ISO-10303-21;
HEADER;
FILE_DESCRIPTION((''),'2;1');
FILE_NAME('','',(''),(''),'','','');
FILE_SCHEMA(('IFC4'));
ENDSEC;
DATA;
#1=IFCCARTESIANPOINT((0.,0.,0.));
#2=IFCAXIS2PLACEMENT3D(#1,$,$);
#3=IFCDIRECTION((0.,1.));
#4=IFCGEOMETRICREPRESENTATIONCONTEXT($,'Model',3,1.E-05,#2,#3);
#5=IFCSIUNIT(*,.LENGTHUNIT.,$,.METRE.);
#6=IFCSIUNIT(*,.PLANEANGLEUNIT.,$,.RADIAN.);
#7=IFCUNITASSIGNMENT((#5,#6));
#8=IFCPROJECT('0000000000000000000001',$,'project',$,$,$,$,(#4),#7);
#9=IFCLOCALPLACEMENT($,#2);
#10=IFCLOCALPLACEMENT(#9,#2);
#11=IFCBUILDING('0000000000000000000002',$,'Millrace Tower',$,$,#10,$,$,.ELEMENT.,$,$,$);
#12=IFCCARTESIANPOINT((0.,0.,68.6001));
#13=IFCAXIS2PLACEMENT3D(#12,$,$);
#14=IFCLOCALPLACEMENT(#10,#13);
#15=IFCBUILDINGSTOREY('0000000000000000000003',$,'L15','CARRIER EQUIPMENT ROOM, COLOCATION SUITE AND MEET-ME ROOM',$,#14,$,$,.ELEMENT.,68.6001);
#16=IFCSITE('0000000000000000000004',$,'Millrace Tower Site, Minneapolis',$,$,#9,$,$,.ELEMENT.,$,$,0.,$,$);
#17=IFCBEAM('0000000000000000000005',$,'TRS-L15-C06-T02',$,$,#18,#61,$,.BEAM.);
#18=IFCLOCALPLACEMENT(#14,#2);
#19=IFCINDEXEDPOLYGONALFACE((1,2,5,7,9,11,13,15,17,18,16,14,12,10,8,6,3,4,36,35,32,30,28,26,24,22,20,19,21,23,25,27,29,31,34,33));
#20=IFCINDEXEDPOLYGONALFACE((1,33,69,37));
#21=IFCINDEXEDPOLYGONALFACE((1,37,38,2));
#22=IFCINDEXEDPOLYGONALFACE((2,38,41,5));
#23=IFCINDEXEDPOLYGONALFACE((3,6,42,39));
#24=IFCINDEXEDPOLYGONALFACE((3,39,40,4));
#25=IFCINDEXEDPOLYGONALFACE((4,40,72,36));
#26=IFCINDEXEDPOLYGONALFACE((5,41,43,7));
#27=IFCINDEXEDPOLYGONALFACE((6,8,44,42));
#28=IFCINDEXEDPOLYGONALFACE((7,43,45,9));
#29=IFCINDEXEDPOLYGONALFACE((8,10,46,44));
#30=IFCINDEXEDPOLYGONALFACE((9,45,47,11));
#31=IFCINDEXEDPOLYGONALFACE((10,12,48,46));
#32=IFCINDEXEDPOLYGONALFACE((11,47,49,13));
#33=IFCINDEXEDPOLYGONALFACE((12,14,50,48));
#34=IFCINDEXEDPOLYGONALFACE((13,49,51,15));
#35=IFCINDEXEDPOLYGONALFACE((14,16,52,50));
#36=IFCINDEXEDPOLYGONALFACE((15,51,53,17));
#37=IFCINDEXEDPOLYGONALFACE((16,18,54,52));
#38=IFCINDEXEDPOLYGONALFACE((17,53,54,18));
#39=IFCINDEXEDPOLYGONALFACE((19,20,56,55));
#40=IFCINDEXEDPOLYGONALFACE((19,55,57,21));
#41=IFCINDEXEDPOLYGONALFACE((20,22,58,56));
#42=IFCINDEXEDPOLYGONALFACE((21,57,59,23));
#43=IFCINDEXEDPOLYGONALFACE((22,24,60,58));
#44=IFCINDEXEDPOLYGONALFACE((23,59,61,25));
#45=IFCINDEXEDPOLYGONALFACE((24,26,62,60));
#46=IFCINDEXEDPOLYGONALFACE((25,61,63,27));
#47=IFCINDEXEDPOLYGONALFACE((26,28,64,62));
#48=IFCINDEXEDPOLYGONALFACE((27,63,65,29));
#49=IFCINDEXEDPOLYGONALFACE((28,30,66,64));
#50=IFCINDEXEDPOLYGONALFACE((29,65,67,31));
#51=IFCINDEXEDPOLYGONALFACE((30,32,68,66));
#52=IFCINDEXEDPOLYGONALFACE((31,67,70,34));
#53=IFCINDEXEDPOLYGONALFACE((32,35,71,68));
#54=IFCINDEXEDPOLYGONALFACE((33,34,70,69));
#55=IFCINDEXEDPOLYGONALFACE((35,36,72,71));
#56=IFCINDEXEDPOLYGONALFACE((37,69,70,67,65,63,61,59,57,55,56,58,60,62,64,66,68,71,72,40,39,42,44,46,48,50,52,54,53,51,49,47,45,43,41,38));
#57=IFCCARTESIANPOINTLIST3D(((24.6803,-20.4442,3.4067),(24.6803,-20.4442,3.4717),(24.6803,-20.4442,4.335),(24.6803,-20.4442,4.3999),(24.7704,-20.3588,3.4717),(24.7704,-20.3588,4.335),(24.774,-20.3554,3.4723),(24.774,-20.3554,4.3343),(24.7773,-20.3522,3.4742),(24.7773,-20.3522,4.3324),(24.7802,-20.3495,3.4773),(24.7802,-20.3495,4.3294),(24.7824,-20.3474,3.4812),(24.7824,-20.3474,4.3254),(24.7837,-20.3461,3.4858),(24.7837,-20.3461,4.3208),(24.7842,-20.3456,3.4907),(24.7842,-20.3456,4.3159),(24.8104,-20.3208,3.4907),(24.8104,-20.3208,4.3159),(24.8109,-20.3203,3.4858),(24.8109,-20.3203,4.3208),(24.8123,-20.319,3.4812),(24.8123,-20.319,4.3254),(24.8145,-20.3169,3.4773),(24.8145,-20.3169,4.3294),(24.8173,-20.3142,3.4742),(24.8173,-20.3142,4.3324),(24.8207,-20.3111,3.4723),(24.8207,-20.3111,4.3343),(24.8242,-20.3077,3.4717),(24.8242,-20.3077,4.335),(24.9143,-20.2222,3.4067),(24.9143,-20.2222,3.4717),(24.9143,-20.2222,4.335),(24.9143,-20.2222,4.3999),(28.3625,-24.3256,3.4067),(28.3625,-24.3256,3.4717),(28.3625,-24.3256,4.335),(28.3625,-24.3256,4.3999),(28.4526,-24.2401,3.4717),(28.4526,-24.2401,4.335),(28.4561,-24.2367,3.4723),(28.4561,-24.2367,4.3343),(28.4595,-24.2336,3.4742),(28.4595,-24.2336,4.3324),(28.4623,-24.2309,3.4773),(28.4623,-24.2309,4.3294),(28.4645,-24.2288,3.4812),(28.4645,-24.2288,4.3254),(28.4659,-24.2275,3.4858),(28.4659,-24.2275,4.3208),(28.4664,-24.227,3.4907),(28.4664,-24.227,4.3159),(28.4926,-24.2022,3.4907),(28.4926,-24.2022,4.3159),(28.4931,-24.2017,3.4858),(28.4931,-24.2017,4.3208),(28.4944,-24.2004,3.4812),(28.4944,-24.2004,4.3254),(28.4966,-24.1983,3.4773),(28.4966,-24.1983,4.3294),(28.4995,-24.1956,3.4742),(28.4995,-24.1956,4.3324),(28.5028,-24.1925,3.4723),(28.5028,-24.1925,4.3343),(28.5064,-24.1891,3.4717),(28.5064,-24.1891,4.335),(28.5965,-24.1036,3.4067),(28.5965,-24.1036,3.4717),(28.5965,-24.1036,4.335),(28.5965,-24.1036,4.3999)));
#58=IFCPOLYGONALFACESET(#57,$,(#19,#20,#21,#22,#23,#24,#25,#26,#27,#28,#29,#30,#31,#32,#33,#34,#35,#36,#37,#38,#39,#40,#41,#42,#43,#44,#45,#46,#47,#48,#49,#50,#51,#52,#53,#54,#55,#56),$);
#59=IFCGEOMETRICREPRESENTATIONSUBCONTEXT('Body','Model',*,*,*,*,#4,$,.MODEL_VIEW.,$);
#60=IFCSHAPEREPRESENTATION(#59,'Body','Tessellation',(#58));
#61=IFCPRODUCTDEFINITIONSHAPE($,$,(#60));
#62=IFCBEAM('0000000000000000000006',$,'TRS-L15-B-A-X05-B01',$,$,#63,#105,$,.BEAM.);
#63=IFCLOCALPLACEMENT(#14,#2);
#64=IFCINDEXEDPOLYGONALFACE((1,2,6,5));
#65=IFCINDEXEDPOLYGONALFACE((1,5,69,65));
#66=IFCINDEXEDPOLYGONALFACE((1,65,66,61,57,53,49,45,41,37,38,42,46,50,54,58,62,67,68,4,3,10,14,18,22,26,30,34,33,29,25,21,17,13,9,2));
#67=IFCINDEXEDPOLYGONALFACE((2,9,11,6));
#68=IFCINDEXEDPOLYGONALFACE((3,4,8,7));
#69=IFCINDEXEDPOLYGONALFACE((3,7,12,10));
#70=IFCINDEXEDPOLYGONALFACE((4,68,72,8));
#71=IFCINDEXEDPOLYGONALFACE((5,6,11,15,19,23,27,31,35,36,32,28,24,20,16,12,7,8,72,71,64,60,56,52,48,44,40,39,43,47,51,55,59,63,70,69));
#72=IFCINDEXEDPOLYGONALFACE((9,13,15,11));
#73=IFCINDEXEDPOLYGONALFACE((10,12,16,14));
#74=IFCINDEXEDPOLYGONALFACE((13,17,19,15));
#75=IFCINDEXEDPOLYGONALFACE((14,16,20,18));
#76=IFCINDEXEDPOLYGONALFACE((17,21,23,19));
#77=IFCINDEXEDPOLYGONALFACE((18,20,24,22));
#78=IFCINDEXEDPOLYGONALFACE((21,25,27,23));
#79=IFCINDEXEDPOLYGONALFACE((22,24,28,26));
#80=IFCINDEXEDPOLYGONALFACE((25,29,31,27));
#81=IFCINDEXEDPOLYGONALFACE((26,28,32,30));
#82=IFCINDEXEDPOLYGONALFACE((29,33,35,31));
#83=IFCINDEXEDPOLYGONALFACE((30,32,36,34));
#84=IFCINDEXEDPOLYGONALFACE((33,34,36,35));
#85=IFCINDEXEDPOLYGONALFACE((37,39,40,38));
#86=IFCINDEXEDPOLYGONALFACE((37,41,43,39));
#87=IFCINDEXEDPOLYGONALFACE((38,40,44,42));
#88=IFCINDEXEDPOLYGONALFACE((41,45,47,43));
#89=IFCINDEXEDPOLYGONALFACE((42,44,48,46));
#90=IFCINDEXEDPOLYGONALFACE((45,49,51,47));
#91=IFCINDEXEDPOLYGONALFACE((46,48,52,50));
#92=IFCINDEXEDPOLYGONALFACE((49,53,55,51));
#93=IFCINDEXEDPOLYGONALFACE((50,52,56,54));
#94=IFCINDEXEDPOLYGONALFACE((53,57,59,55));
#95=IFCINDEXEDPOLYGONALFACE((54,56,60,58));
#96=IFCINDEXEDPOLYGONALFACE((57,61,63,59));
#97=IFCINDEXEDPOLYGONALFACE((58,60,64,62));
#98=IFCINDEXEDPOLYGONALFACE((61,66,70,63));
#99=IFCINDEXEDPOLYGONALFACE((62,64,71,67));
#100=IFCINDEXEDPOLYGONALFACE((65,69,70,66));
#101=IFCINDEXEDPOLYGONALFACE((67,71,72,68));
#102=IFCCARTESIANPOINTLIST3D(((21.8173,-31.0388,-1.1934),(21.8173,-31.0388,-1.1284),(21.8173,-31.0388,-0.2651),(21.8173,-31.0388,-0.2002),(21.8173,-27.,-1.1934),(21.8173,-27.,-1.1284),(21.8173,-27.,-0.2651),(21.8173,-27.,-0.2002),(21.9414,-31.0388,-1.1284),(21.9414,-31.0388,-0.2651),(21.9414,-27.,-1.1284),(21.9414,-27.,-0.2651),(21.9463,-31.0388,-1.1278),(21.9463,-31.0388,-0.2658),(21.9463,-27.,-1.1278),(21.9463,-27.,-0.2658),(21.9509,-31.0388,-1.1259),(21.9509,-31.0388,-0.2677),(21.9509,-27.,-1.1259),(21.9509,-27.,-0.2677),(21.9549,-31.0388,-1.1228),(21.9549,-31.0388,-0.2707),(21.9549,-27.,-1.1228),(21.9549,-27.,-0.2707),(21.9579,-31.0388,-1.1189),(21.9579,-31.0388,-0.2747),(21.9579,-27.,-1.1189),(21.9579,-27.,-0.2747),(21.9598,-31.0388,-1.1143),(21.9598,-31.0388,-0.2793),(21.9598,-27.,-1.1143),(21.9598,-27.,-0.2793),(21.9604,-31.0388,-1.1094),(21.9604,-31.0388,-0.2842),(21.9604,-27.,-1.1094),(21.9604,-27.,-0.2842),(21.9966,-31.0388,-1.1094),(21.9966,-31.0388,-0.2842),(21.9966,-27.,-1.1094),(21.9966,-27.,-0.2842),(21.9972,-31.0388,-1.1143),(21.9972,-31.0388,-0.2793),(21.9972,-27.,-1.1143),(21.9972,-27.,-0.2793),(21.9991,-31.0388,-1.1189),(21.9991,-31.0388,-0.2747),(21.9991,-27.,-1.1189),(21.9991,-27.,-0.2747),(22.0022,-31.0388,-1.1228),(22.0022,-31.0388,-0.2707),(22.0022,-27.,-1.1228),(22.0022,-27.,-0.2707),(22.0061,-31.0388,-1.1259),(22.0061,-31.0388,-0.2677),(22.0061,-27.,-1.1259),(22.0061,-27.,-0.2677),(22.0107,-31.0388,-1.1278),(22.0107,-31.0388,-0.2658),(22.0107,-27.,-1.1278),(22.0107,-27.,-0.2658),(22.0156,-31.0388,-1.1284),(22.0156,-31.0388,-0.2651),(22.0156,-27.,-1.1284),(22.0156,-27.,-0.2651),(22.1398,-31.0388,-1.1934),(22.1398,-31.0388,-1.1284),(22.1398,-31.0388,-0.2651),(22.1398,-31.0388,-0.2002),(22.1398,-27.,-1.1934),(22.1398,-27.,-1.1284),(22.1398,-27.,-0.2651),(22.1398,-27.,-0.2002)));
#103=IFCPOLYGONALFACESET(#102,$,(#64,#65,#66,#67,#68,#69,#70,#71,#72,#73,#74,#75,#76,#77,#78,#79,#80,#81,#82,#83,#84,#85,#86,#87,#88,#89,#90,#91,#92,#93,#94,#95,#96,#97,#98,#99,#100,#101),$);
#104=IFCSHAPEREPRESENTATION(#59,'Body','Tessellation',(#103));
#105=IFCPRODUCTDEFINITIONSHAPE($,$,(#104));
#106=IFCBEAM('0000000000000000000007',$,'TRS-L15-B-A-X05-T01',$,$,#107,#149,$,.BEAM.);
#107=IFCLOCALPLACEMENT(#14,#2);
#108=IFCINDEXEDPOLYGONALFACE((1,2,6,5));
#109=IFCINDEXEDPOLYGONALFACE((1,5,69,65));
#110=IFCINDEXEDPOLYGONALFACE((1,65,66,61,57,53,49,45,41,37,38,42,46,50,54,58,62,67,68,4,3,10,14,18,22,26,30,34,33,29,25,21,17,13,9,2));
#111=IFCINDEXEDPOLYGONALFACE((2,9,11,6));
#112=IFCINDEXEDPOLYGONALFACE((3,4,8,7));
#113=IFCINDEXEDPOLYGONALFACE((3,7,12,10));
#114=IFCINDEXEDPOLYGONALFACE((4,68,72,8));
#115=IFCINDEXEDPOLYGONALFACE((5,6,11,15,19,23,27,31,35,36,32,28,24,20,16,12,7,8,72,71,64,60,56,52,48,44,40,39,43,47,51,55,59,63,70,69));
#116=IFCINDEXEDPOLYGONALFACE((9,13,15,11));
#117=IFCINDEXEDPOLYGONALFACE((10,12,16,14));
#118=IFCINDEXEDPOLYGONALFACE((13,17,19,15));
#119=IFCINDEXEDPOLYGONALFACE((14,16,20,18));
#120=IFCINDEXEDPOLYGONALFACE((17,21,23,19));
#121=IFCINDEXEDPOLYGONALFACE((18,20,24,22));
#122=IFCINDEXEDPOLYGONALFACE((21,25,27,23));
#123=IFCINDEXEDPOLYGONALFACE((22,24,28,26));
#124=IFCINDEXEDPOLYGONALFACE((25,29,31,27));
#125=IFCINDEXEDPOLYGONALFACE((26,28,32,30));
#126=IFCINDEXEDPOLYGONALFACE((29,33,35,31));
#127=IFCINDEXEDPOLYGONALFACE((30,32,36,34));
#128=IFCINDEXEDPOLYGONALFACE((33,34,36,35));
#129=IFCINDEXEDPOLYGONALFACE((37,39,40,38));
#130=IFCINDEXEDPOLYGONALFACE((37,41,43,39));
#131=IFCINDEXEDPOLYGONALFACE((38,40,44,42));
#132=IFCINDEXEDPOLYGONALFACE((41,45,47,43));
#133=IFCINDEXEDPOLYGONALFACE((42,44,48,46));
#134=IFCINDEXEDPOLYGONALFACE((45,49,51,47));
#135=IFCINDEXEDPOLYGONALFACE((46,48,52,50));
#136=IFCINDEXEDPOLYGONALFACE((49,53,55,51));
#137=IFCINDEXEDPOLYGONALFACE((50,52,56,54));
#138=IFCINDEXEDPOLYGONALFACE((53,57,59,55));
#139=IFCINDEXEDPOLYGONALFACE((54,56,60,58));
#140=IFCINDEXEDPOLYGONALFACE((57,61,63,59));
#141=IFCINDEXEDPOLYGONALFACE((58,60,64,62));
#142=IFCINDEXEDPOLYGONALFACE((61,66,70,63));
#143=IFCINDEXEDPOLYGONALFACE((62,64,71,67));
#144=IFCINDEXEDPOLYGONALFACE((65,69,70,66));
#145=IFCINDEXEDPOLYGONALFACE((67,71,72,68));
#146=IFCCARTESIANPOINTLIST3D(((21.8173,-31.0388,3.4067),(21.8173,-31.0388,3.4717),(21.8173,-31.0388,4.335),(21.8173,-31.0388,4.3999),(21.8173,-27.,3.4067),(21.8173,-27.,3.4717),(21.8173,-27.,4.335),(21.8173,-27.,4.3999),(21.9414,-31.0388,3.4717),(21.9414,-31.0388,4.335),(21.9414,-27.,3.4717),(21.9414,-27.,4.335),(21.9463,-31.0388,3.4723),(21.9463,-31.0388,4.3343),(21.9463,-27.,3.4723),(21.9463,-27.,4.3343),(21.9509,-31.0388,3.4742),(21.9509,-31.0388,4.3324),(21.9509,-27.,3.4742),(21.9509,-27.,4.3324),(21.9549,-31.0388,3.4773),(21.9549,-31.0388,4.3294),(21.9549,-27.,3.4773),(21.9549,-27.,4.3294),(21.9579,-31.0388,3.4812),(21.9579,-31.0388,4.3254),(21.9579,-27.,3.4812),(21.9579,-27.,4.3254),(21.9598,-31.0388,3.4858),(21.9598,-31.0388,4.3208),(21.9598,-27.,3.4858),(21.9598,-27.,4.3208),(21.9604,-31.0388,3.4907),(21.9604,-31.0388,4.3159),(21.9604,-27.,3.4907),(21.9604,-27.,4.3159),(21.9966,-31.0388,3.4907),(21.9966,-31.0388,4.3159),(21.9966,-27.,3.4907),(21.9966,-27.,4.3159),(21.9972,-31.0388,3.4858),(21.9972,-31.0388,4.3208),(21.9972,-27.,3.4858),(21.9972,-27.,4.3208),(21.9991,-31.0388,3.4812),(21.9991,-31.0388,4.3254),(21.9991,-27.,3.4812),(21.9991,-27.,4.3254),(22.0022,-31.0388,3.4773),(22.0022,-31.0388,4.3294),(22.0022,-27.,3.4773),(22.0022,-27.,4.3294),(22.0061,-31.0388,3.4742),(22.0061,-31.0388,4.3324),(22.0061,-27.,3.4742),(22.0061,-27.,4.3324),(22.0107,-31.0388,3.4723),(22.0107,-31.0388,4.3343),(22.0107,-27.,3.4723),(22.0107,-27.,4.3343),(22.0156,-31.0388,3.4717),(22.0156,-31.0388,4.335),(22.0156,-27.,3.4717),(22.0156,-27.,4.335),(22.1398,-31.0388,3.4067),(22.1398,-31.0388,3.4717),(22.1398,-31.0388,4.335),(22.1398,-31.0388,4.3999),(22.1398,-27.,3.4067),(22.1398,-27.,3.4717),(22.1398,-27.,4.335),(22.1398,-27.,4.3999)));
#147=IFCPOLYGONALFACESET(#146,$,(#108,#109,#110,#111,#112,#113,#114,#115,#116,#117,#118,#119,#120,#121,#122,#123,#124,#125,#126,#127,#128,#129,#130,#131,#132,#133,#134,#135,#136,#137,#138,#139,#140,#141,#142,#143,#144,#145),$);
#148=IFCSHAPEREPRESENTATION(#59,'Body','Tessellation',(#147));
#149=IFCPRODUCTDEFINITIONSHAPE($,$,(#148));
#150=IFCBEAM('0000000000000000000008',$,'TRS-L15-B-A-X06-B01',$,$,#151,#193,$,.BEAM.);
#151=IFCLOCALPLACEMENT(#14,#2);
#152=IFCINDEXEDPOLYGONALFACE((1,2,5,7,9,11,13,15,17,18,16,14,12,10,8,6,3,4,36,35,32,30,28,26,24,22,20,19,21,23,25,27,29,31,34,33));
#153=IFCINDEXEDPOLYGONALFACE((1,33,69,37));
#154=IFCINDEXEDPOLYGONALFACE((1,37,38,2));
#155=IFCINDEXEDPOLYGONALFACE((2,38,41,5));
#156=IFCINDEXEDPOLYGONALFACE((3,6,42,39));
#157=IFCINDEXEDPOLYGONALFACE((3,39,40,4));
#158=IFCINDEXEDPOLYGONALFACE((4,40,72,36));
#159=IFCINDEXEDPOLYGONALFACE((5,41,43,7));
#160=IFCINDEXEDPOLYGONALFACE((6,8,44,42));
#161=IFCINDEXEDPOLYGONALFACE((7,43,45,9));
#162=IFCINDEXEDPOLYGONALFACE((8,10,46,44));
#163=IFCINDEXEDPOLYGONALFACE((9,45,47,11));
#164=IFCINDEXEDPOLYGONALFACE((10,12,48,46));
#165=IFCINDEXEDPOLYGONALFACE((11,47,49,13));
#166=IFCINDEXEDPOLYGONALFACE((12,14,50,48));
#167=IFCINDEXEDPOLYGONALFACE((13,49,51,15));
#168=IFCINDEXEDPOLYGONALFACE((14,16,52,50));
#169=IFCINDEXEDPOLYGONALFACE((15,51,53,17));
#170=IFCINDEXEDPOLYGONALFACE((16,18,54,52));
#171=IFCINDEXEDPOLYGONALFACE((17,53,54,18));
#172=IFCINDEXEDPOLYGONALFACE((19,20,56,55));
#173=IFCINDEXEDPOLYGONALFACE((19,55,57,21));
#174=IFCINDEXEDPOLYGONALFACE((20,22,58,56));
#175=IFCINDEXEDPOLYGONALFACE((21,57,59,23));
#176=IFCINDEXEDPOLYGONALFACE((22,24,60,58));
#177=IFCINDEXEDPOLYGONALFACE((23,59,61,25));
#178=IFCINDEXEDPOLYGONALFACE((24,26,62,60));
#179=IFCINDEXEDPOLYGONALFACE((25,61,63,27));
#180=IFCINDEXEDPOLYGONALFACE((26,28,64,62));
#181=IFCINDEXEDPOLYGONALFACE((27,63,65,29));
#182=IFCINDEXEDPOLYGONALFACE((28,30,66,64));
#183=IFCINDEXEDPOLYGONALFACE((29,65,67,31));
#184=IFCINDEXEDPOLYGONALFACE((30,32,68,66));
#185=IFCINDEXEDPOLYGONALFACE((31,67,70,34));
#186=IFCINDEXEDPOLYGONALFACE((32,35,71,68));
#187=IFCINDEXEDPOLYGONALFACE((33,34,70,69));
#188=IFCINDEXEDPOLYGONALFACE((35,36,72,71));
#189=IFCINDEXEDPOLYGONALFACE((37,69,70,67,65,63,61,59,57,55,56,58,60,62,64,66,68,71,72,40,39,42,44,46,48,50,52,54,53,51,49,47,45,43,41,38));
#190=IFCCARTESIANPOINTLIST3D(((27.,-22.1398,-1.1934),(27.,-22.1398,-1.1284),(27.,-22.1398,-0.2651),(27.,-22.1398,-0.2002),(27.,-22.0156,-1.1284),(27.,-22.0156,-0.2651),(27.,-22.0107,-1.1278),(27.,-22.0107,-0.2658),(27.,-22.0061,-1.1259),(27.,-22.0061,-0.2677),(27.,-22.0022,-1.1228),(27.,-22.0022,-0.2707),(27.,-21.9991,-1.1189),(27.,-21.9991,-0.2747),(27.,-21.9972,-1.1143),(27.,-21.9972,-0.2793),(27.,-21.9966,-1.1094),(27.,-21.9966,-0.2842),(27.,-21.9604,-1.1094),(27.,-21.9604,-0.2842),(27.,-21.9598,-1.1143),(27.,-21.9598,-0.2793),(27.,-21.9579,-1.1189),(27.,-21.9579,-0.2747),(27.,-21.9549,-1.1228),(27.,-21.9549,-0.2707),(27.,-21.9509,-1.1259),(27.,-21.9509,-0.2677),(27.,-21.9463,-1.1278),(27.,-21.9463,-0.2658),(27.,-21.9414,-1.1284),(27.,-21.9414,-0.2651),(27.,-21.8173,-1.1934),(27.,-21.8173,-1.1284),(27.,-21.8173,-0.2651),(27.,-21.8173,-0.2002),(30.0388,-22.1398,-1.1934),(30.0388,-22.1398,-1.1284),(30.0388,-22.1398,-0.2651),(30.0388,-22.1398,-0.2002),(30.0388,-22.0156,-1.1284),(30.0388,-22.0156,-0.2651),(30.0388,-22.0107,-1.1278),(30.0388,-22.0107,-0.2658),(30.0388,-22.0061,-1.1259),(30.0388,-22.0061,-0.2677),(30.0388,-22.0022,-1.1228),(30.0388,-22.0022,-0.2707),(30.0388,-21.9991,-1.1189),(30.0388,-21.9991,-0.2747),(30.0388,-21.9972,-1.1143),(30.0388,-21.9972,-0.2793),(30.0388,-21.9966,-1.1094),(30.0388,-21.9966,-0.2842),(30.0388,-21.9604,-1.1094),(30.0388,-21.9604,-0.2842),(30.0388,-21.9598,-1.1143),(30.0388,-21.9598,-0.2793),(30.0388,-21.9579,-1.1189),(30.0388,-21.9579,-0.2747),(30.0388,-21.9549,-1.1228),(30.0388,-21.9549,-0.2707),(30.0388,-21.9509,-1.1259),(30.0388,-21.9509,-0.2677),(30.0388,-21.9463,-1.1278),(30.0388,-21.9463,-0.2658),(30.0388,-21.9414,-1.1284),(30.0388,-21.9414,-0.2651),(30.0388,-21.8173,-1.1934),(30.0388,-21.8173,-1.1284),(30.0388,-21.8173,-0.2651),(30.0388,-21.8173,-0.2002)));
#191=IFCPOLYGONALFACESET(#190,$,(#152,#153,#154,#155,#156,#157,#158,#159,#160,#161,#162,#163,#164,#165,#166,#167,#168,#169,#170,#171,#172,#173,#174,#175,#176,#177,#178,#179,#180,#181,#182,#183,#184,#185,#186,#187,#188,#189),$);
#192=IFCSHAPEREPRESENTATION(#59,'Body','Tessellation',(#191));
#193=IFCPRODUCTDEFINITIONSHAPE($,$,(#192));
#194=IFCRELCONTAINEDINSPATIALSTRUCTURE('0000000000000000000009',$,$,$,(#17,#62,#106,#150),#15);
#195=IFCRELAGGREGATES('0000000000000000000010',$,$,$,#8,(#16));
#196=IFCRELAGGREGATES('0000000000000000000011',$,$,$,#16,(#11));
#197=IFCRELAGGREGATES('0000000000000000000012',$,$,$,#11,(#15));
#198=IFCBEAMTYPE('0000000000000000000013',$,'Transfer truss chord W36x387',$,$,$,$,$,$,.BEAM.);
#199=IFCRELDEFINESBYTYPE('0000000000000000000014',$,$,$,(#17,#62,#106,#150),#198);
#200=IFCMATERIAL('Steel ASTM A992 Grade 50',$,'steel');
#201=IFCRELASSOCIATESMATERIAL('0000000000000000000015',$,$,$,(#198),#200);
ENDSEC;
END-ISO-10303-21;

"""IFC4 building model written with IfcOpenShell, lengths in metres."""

from ifc_helpers import new_model, si_unit, direction, frame, origin, origin_2d, place, context, subcontext, project, spatial, i_section, extrude, material, material_profile, profile_set, type_object, element, save


model = new_model("IFC4")

# Units and contexts
model_context = context("Model", 3, precision=1e-05, world=origin(), true_north=direction((0.0, 1.0)))
body_context = subcontext(model_context, "Body", "Model", "MODEL_VIEW")
ifc_project = project(units=[si_unit("LENGTHUNIT", "METRE"), si_unit("PLANEANGLEUNIT", "RADIAN")], contexts=[model_context])

# Site, building, storey
site_placement = place(None, origin())
site = spatial("IfcSite", under=ifc_project, at=site_placement, Name="Millrace Tower Site, Minneapolis", CompositionType="ELEMENT", RefElevation=0.0)
building_placement = place(site_placement, origin())
building = spatial("IfcBuilding", under=site, at=building_placement, Name="Millrace Tower", CompositionType="ELEMENT")
storey_placement = place(building_placement, frame((0.0, 0.0, 68.6001)))
storey = spatial("IfcBuildingStorey", under=building, at=storey_placement, Name="L15", Description="CARRIER EQUIPMENT ROOM, COLOCATION SUITE AND MEET-ME ROOM", CompositionType="ELEMENT", Elevation=68.6001)

# Beams
ifc_material_1 = material(Name="Steel ASTM A992 Grade 50", Category="steel")
ifc_material_profile_1 = material_profile(ifc_material_1, i_section(OverallWidth=0.3225, OverallDepth=0.9932, WebThickness=0.0361, FlangeThickness=0.0649, FilletRadius=0.019, at=origin_2d()))
ifc_profile_set_1 = profile_set([ifc_material_profile_1], Name="Steel ASTM A992 Grade 50")
beam_type_1 = type_object("IfcBeamType", Name="Transfer truss chord W36x387", PredefinedType="BEAM", material=ifc_profile_set_1)
for number, where, z_axis, x_axis, name in (
    (1, (28.4795, -24.2146, 3.9033), (-0.688243, 0.72548, 0.0), (-0.72548, -0.688243, 0.0), "TRS-L15-C06-T02"),
):
    element("IfcBeam", number, at=place(storey_placement, frame(where, z_axis=z_axis, x_axis=x_axis)), inside=storey, type_object=beam_type_1, Name=name, PredefinedType="BEAM", context=body_context, shape_type="SweptSolid", body=[
        extrude(i_section(OverallWidth=0.3225, OverallDepth=0.9932, WebThickness=0.0361, FlangeThickness=0.0649, FilletRadius=0.019, at=origin_2d()), origin(), (0.0, 0.0, 1.0), 5.3501),
    ])
for number, where, z_axis, x_axis, name in (
    (2, (21.9785, -27.0, -0.6968), (0.0, -1.0, 0.0), (1.0, 0.0, 0.0), "TRS-L15-B-A-X05-B01"),
    (3, (21.9785, -27.0, 3.9033), (0.0, -1.0, 0.0), (1.0, 0.0, 0.0), "TRS-L15-B-A-X05-T01"),
):
    element("IfcBeam", number, at=place(storey_placement, frame(where, z_axis=z_axis, x_axis=x_axis)), inside=storey, type_object=beam_type_1, Name=name, PredefinedType="BEAM", context=body_context, shape_type="SweptSolid", body=[
        extrude(i_section(OverallWidth=0.3225, OverallDepth=0.9932, WebThickness=0.0361, FlangeThickness=0.0649, FilletRadius=0.019, at=origin_2d()), origin(), (0.0, 0.0, 1.0), 4.0388),
    ])
for number, where, z_axis, x_axis, name in (
    (4, (27.0, -21.9785, -0.6968), (1.0, 0.0, 0.0), (0.0, 1.0, 0.0), "TRS-L15-B-A-X06-B01"),
):
    element("IfcBeam", number, at=place(storey_placement, frame(where, z_axis=z_axis, x_axis=x_axis)), inside=storey, type_object=beam_type_1, Name=name, PredefinedType="BEAM", context=body_context, shape_type="SweptSolid", body=[
        extrude(i_section(OverallWidth=0.3225, OverallDepth=0.9932, WebThickness=0.0361, FlangeThickness=0.0649, FilletRadius=0.019, at=origin_2d()), origin(), (0.0, 0.0, 1.0), 3.0388),
    ])

save(model, "model.ifc")
